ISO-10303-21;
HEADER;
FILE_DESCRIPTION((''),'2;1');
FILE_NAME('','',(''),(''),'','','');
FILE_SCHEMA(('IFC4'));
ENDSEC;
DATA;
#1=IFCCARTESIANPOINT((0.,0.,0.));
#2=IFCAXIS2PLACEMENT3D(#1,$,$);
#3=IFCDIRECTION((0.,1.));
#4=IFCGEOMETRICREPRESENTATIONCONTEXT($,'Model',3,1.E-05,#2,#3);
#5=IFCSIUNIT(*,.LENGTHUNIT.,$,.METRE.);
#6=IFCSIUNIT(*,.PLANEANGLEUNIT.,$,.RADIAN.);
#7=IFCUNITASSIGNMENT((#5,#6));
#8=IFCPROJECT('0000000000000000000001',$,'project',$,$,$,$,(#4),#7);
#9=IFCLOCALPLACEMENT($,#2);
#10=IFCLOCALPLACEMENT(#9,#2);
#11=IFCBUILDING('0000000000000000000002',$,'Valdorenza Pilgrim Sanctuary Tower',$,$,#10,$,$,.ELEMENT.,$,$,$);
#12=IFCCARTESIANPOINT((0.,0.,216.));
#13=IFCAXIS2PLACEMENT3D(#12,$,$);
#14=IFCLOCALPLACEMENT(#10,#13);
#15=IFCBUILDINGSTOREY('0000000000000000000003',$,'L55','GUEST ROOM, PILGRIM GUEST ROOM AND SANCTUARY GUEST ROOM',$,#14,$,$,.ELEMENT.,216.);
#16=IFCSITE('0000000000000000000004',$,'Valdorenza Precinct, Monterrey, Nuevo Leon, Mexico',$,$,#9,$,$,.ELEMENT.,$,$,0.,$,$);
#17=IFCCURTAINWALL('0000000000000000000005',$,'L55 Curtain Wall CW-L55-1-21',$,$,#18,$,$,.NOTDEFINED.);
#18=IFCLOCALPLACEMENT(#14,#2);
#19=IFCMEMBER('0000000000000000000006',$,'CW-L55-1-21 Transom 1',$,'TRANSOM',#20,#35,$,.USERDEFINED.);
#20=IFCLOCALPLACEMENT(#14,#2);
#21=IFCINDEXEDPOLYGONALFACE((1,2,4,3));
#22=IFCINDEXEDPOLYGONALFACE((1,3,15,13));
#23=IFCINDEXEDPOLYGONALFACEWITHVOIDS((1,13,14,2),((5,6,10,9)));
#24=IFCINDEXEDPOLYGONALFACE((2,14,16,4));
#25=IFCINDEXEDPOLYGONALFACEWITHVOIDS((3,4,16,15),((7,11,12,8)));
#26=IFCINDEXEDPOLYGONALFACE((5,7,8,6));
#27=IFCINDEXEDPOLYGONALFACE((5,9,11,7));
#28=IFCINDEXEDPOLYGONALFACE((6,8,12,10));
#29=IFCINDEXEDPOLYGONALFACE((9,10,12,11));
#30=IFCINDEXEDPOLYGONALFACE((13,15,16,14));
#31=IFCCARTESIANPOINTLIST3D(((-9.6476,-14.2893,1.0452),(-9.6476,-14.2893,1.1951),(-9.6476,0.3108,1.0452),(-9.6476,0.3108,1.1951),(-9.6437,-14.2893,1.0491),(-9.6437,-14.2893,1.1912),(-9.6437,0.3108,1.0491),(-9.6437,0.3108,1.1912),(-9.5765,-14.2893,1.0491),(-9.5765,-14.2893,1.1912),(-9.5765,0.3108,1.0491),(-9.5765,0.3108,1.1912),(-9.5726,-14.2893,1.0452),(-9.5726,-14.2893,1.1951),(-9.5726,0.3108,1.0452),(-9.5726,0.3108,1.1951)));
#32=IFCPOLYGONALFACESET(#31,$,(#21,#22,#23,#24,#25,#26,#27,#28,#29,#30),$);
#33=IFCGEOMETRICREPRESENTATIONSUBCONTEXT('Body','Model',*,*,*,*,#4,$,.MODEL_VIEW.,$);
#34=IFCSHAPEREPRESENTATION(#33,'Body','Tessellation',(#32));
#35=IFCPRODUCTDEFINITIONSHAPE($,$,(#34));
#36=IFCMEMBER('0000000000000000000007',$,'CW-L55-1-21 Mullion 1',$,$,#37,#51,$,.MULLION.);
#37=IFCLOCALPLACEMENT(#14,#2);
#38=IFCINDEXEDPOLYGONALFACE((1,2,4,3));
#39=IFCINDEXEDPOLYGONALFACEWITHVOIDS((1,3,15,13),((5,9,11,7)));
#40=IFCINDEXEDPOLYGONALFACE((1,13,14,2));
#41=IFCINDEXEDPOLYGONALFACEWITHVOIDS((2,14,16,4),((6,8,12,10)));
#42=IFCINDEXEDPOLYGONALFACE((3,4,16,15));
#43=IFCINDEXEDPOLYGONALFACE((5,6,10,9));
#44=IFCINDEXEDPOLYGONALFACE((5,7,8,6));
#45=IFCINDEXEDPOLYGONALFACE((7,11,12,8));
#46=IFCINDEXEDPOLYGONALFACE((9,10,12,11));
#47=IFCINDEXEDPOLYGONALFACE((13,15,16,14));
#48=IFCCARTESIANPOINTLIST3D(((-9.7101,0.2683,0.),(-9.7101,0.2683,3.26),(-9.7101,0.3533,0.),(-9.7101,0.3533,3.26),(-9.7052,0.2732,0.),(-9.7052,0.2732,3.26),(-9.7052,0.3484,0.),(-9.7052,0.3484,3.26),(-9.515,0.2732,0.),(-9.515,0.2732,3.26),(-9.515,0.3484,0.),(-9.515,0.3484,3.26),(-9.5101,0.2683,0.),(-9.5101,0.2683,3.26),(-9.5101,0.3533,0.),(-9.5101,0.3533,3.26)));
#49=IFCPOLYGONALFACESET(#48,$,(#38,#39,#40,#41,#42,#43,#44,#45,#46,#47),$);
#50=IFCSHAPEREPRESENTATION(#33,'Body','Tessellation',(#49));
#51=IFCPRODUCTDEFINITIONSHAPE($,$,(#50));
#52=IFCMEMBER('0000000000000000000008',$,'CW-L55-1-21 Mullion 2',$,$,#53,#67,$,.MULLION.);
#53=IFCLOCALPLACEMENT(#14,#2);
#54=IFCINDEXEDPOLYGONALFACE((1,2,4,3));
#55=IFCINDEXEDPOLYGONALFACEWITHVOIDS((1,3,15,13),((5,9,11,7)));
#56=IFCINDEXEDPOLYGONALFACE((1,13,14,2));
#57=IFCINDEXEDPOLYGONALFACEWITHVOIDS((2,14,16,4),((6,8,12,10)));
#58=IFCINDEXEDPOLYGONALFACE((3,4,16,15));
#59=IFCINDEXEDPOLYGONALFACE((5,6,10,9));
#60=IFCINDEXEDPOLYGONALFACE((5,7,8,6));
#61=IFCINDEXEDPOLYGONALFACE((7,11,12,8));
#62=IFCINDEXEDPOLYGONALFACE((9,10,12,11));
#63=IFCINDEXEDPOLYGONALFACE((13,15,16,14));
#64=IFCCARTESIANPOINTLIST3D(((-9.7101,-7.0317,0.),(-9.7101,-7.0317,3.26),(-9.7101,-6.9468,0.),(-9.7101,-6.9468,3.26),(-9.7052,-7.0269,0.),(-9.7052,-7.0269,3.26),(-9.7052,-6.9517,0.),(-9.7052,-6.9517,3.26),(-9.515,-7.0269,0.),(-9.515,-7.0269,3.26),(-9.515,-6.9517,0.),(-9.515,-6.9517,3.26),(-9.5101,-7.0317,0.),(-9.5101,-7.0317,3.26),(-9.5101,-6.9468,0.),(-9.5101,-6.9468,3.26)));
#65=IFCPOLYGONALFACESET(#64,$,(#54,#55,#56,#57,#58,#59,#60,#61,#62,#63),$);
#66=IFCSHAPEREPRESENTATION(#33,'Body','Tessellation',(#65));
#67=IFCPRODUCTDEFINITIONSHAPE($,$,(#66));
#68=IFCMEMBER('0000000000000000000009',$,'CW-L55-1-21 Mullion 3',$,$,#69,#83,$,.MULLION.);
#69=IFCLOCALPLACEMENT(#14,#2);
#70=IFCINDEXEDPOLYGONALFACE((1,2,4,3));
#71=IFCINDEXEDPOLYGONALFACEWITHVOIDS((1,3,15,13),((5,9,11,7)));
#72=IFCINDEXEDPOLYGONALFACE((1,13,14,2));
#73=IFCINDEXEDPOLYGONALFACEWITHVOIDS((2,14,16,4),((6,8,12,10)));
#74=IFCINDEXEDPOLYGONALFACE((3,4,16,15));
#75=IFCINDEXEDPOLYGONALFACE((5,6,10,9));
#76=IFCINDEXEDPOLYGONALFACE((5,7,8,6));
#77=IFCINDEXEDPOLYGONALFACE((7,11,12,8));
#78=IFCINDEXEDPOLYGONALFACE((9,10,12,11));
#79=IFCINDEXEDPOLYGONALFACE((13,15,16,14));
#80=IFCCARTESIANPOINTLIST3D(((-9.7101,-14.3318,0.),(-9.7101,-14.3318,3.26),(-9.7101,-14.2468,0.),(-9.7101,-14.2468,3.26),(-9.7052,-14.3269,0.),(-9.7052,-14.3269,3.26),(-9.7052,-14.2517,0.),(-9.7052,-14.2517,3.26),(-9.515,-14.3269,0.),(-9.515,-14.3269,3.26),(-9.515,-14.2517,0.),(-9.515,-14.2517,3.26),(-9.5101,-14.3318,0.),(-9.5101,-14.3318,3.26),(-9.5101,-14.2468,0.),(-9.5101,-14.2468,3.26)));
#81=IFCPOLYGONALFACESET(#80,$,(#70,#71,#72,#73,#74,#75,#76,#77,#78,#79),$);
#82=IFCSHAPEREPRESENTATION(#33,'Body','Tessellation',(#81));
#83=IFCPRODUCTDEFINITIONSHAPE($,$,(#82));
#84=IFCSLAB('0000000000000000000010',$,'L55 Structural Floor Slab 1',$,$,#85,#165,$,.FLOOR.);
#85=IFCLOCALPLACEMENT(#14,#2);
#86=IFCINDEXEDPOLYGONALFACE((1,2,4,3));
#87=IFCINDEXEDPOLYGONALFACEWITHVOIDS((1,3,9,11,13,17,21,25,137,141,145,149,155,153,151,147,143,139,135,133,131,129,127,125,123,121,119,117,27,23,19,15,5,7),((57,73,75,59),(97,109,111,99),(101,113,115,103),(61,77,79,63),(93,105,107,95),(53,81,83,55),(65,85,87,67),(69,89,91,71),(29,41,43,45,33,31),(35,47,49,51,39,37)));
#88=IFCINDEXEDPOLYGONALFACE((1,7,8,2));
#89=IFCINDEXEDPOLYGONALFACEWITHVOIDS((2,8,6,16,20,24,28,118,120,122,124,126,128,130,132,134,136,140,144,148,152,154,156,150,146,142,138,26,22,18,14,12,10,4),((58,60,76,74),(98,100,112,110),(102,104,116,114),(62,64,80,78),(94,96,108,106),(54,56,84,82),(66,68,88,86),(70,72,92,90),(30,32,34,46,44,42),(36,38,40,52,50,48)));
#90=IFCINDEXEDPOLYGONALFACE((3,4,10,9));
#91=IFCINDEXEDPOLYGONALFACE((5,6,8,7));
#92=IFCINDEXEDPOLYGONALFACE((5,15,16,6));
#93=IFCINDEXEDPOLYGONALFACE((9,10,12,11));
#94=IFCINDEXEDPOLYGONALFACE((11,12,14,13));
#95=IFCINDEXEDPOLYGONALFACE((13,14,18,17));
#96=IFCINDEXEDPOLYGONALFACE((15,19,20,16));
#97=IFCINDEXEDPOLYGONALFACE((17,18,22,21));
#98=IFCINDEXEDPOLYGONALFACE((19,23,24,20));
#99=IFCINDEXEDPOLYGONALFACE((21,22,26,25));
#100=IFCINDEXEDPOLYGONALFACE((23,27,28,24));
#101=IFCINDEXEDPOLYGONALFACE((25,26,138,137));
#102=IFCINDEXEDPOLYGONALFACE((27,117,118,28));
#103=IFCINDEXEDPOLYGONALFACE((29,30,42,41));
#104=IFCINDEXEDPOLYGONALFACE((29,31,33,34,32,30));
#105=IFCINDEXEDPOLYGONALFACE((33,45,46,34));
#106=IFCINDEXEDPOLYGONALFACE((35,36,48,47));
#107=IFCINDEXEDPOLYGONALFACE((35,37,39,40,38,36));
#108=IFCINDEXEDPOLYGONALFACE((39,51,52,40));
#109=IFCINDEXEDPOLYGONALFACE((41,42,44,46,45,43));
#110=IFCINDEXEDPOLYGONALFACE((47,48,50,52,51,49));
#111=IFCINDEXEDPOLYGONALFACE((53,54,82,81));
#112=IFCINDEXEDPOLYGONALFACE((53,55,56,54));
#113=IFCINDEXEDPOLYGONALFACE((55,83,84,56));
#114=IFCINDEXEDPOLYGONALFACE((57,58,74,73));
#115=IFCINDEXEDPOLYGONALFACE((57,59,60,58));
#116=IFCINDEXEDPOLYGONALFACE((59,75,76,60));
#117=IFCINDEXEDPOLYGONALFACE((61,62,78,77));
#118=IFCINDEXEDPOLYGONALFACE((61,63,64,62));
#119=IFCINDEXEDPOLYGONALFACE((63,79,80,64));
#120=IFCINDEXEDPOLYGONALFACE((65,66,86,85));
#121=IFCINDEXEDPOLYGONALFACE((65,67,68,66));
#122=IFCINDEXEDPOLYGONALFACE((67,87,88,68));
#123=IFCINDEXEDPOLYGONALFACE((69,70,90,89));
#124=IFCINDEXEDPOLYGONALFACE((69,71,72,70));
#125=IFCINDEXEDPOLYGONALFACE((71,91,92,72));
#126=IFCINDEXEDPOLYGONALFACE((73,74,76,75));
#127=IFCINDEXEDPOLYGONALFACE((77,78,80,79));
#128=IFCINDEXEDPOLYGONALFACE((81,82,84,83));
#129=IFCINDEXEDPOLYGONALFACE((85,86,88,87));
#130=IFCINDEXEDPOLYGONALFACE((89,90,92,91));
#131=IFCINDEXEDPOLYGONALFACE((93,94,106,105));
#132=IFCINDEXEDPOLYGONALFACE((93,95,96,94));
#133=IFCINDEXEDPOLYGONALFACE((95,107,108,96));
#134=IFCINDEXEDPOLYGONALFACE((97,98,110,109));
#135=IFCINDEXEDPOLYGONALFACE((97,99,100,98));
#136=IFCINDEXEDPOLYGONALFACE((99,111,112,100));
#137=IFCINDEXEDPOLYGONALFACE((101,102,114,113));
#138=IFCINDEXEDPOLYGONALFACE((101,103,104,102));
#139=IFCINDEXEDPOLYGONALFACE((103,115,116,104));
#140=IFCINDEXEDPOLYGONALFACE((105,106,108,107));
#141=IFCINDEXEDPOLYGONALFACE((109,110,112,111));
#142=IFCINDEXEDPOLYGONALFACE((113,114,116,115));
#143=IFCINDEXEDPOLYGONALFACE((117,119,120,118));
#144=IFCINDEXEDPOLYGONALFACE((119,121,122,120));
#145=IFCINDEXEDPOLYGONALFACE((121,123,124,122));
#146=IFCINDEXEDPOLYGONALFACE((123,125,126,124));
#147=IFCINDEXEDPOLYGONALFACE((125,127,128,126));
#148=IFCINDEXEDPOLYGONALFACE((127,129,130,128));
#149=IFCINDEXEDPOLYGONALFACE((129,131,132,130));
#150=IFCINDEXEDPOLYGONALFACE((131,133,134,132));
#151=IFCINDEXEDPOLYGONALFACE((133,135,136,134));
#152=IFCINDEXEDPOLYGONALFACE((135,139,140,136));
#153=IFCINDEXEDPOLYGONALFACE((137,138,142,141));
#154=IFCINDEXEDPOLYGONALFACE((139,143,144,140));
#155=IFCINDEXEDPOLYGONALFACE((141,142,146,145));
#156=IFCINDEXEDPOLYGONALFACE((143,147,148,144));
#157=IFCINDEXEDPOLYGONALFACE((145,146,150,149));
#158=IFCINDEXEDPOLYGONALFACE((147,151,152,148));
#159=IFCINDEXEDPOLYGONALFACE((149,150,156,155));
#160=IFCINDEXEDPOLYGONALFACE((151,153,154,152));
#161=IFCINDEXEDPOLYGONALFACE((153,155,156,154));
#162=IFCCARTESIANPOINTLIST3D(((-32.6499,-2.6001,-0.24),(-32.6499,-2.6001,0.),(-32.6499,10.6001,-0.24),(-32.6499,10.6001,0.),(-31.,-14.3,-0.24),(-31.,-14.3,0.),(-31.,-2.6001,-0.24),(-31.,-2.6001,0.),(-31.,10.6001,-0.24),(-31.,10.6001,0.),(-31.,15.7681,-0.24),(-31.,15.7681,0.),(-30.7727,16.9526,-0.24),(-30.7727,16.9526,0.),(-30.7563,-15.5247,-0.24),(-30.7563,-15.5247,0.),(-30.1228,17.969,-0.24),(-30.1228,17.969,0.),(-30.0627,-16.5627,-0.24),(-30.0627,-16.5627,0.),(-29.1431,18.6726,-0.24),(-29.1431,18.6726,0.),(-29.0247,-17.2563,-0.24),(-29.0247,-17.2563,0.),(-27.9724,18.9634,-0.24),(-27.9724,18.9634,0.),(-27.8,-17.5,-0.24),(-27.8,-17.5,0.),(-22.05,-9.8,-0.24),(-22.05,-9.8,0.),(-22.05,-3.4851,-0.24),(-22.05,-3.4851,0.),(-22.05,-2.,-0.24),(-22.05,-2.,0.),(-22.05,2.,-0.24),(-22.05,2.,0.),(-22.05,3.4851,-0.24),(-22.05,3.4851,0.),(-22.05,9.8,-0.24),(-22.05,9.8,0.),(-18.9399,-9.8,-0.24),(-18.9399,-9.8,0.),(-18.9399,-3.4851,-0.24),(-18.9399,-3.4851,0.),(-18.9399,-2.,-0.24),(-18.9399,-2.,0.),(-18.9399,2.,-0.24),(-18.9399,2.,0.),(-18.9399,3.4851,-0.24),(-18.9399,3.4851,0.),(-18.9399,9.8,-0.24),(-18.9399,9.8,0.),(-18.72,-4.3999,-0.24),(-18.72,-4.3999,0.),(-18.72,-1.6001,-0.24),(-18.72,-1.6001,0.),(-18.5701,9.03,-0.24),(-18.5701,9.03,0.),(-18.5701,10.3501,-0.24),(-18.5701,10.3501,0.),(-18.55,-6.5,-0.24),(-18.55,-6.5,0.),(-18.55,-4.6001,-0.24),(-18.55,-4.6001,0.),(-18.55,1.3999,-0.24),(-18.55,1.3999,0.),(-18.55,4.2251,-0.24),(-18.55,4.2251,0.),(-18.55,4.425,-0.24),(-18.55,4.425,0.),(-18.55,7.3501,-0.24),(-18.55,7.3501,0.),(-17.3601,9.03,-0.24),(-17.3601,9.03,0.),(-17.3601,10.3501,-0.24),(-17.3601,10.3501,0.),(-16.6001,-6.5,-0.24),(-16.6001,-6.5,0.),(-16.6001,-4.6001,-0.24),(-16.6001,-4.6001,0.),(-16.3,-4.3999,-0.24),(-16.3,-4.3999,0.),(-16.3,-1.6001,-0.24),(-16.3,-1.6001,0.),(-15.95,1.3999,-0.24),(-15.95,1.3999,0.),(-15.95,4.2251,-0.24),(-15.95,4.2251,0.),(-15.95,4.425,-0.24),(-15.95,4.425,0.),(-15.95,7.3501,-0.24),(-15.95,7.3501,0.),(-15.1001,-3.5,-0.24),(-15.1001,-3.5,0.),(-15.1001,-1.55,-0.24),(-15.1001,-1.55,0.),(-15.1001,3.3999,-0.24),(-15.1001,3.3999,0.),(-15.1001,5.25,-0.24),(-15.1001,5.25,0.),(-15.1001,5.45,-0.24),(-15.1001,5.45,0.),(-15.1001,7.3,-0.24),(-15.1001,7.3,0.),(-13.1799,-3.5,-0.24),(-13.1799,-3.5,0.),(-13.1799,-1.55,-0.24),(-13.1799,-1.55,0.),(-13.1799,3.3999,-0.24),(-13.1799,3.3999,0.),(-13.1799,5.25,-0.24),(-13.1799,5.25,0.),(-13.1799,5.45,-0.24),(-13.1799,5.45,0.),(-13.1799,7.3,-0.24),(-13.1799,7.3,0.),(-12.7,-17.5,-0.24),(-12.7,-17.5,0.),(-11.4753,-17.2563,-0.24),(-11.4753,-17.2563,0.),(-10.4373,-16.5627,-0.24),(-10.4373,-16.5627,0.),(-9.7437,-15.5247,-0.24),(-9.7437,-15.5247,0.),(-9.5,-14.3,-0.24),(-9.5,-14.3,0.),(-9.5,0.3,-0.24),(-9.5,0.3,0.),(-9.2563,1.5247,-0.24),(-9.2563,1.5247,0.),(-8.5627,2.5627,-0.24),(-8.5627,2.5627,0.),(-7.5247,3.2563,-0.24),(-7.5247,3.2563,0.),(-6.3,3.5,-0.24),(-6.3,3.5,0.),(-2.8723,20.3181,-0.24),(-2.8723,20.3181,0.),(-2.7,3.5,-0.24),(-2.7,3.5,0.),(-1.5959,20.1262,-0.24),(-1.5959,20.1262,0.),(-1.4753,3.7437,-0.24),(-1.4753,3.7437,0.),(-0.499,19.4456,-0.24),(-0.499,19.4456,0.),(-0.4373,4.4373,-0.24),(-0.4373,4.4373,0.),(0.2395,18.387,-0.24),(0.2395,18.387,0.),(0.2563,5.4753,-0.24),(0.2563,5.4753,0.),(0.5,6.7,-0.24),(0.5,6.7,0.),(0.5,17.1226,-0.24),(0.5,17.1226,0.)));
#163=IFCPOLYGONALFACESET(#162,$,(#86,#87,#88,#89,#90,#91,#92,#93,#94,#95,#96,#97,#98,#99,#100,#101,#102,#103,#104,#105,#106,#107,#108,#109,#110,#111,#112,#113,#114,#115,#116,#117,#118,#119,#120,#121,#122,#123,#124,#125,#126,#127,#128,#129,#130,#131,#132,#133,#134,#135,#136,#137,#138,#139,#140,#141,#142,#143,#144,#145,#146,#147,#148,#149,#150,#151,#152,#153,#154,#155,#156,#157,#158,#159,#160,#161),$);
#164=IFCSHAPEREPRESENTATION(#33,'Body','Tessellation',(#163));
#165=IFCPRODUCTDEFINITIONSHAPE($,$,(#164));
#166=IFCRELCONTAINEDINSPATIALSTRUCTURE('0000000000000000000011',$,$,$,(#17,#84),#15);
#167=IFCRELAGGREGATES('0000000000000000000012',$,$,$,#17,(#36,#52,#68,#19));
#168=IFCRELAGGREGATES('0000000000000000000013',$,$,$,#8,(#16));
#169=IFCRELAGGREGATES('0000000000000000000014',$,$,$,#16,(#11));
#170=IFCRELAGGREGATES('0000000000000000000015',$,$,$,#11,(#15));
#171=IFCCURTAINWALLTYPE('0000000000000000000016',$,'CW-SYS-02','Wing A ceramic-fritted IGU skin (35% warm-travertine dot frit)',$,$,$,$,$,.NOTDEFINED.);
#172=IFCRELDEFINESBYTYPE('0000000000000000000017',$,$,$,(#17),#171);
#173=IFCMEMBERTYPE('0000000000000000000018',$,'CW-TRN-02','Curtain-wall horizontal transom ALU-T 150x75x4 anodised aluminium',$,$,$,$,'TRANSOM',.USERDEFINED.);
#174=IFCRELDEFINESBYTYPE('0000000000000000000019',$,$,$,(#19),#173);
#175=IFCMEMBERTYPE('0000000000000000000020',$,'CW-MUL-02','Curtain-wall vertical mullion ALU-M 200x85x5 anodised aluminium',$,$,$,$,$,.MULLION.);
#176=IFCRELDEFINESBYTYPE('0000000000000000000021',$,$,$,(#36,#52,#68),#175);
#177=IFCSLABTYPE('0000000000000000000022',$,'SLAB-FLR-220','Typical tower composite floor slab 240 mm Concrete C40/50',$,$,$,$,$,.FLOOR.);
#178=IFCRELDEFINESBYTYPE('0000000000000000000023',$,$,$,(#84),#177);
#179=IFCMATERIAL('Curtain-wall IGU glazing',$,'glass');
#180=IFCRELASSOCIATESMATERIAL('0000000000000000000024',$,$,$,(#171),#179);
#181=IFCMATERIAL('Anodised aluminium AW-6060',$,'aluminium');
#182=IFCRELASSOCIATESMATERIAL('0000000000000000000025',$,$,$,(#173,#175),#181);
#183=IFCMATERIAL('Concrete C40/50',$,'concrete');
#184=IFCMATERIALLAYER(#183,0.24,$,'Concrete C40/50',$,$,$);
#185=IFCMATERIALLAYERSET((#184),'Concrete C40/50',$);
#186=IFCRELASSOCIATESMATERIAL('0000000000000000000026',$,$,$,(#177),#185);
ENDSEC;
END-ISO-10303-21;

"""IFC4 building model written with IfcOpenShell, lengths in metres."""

from ifc_helpers import new_model, si_unit, direction, frame, origin, origin_2d, place, context, subcontext, project, spatial, polyline, hollow_rectangle, outline, extrude, source, transform, mapped, material, layer, layer_set, material_profile, profile_set, type_object, element, aggregate, save


model = new_model("IFC4")

# Units and contexts
model_context = context("Model", 3, precision=1e-05, world=origin(), true_north=direction((0.0, 1.0)))
body_context = subcontext(model_context, "Body", "Model", "MODEL_VIEW")
ifc_project = project(units=[si_unit("LENGTHUNIT", "METRE"), si_unit("PLANEANGLEUNIT", "RADIAN")], contexts=[model_context])

# Site, building, storey
site_placement = place(None, origin())
site = spatial("IfcSite", under=ifc_project, at=site_placement, Name="Valdorenza Precinct, Monterrey, Nuevo Leon, Mexico", CompositionType="ELEMENT", RefElevation=0.0)
building_placement = place(site_placement, origin())
building = spatial("IfcBuilding", under=site, at=building_placement, Name="Valdorenza Pilgrim Sanctuary Tower", CompositionType="ELEMENT")
storey_placement = place(building_placement, frame((0.0, 0.0, 216.0)))
storey = spatial("IfcBuildingStorey", under=building, at=storey_placement, Name="L55", Description="GUEST ROOM, PILGRIM GUEST ROOM AND SANCTUARY GUEST ROOM", CompositionType="ELEMENT", Elevation=216.0)

# Curtain wall, members
ifc_material_1 = material(Name="Curtain-wall IGU glazing", Category="glass")
curtain_wall_type = type_object("IfcCurtainWallType", Name="CW-SYS-02", Description="Wing A ceramic-fritted IGU skin (35% warm-travertine dot frit)", PredefinedType="NOTDEFINED", material=ifc_material_1)
curtain_wall_placement = place(storey_placement, origin())
curtain_wall = element("IfcCurtainWall", 1, at=curtain_wall_placement, inside=storey, type_object=curtain_wall_type, Name="L55 Curtain Wall CW-L55-1-21", PredefinedType="NOTDEFINED")
ifc_material_2 = material(Name="Anodised aluminium AW-6060", Category="aluminium")
ifc_material_profile_1 = material_profile(ifc_material_2, hollow_rectangle(XDim=0.075, YDim=0.1499, WallThickness=0.0039, at=origin_2d()), Name="ALU-T 150x75x4")
ifc_profile_set_1 = profile_set([ifc_material_profile_1], Name="Anodised aluminium AW-6060")
member_type_1 = type_object("IfcMemberType", Name="CW-TRN-02", Description="Curtain-wall horizontal transom ALU-T 150x75x4 anodised aluminium", ElementType="TRANSOM", PredefinedType="USERDEFINED", material=ifc_profile_set_1)
shared_shape_1 = source(origin(), body_context, "Body", "SweptSolid", [
    extrude(hollow_rectangle(XDim=0.075, YDim=0.1499, WallThickness=0.0039, at=origin_2d()), origin(), (0.0, 0.0, 1.0), 14.6001),
])
member_1_placement = place(storey_placement, frame((-9.6101, 0.3108, 1.1201), z_axis=(0.0, -1.0, 0.0), x_axis=(1.0, 0.0, 0.0)))
member_1 = element("IfcMember", 2, at=member_1_placement, type_object=member_type_1, Name="CW-L55-1-21 Transom 1", ObjectType="TRANSOM", PredefinedType="USERDEFINED", context=body_context, shape_type="MappedRepresentation", body=[
    mapped(shared_shape_1, transform((0.0, 0.0, 0.0), x_axis=(1.0, 0.0, 0.0), y_axis=(0.0, 1.0, 0.0), z_axis=(0.0, 0.0, 1.0), scale=1.0)),
])
ifc_material_profile_2 = material_profile(ifc_material_2, hollow_rectangle(XDim=0.085, YDim=0.2, WallThickness=0.0049, at=origin_2d()), Name="ALU-M 200x85x5")
ifc_profile_set_2 = profile_set([ifc_material_profile_2], Name="Anodised aluminium AW-6060")
member_type_2 = type_object("IfcMemberType", Name="CW-MUL-02", Description="Curtain-wall vertical mullion ALU-M 200x85x5 anodised aluminium", PredefinedType="MULLION", material=ifc_profile_set_2)
shared_shape_2 = source(origin(), body_context, "Body", "SweptSolid", [
    extrude(hollow_rectangle(XDim=0.085, YDim=0.2, WallThickness=0.0049, at=origin_2d()), origin(), (0.0, 0.0, 1.0), 3.26),
])
member_2_placement = place(storey_placement, frame((-9.6101, 0.3108, 0.0), z_axis=(0.0, 0.0, 1.0), x_axis=(0.0, -1.0, 0.0)))
member_2 = element("IfcMember", 3, at=member_2_placement, type_object=member_type_2, Name="CW-L55-1-21 Mullion 1", PredefinedType="MULLION", context=body_context, shape_type="MappedRepresentation", body=[
    mapped(shared_shape_2, transform((0.0, 0.0, 0.0), x_axis=(1.0, 0.0, 0.0), y_axis=(0.0, 1.0, 0.0), z_axis=(0.0, 0.0, 1.0), scale=1.0)),
])
member_3_placement = place(storey_placement, frame((-9.6101, -6.9893, 0.0), z_axis=(0.0, 0.0, 1.0), x_axis=(0.0, -1.0, 0.0)))
member_3 = element("IfcMember", 4, at=member_3_placement, type_object=member_type_2, Name="CW-L55-1-21 Mullion 2", PredefinedType="MULLION", context=body_context, shape_type="MappedRepresentation", body=[
    mapped(shared_shape_2, transform((0.0, 0.0, 0.0), x_axis=(1.0, 0.0, 0.0), y_axis=(0.0, 1.0, 0.0), z_axis=(0.0, 0.0, 1.0), scale=1.0)),
])
member_4_placement = place(storey_placement, frame((-9.6101, -14.2893, 0.0), z_axis=(0.0, 0.0, 1.0), x_axis=(0.0, -1.0, 0.0)))
member_4 = element("IfcMember", 5, at=member_4_placement, type_object=member_type_2, Name="CW-L55-1-21 Mullion 3", PredefinedType="MULLION", context=body_context, shape_type="MappedRepresentation", body=[
    mapped(shared_shape_2, transform((0.0, 0.0, 0.0), x_axis=(1.0, 0.0, 0.0), y_axis=(0.0, 1.0, 0.0), z_axis=(0.0, 0.0, 1.0), scale=1.0)),
])

# Slab
ifc_material_3 = material(Name="Concrete C40/50", Category="concrete")
ifc_layer_1 = layer(ifc_material_3, 0.24, Name="Concrete C40/50")
ifc_layer_set_1 = layer_set([ifc_layer_1], Name="Concrete C40/50")
slab_type_1 = type_object("IfcSlabType", Name="SLAB-FLR-220", Description="Typical tower composite floor slab 240 mm Concrete C40/50", PredefinedType="FLOOR", material=ifc_layer_set_1)
slab_1_placement = place(storey_placement, frame((0.0, 0.0, -0.24)))
element("IfcSlab", 6, at=slab_1_placement, inside=storey, type_object=slab_type_1, Name="L55 Structural Floor Slab 1", PredefinedType="FLOOR", context=body_context, shape_type="SweptSolid", body=[
    extrude(outline(polyline([(-30.7727, 16.9526), (-30.1228, 17.969), (-29.1431, 18.6726), (-27.9724, 18.9634), (-2.8723, 20.3181), (-1.5959, 20.1262), (-0.499, 19.4456), (0.2395, 18.387), (0.5, 17.1226), (0.5, 6.7), (0.2563, 5.4753), (-0.4373, 4.4373), (-1.4753, 3.7437), (-2.7, 3.5), (-6.3, 3.5), (-7.5247, 3.2563), (-8.5627, 2.5627), (-9.2563, 1.5247), (-9.5, 0.3), (-9.5, -14.3), (-9.7437, -15.5247), (-10.4373, -16.5627), (-11.4753, -17.2563), (-12.7, -17.5), (-27.8, -17.5), (-29.0247, -17.2563), (-30.0627, -16.5627), (-30.7563, -15.5247), (-31.0, -14.3), (-31.0, -2.6001), (-32.6499, -2.6001), (-32.6499, 10.6001), (-31.0, 10.6001), (-31.0, 15.7681), (-30.7727, 16.9526)]), holes=[polyline([(-22.05, -9.8), (-18.9399, -9.8), (-18.9399, -3.4851), (-18.9399, -2.0), (-22.05, -2.0), (-22.05, -3.4851), (-22.05, -9.8)]), polyline([(-16.6001, -6.5), (-16.6001, -4.6001), (-18.55, -4.6001), (-18.55, -6.5), (-16.6001, -6.5)]), polyline([(-22.05, 2.0), (-18.9399, 2.0), (-18.9399, 3.4851), (-18.9399, 9.8), (-22.05, 9.8), (-22.05, 3.4851), (-22.05, 2.0)]), polyline([(-17.3601, 9.03), (-17.3601, 10.3501), (-18.5701, 10.3501), (-18.5701, 9.03), (-17.3601, 9.03)]), polyline([(-16.3, -1.6001), (-18.72, -1.6001), (-18.72, -4.3999), (-16.3, -4.3999), (-16.3, -1.6001)]), polyline([(-13.1799, -3.5), (-13.1799, -1.55), (-15.1001, -1.55), (-15.1001, -3.5), (-13.1799, -3.5)]), polyline([(-15.95, 1.3999), (-15.95, 4.2251), (-18.55, 4.2251), (-18.55, 1.3999), (-15.95, 1.3999)]), polyline([(-13.1799, 5.25), (-15.1001, 5.25), (-15.1001, 3.3999), (-13.1799, 3.3999), (-13.1799, 5.25)]), polyline([(-15.95, 4.425), (-15.95, 7.3501), (-18.55, 7.3501), (-18.55, 4.425), (-15.95, 4.425)]), polyline([(-13.1799, 5.45), (-13.1799, 7.3), (-15.1001, 7.3), (-15.1001, 5.45), (-13.1799, 5.45)])]), origin(), (0.0, 0.0, 1.0), 0.24),
])

aggregate(curtain_wall, [member_2, member_3, member_4, member_1])

save(model, "model.ifc")
